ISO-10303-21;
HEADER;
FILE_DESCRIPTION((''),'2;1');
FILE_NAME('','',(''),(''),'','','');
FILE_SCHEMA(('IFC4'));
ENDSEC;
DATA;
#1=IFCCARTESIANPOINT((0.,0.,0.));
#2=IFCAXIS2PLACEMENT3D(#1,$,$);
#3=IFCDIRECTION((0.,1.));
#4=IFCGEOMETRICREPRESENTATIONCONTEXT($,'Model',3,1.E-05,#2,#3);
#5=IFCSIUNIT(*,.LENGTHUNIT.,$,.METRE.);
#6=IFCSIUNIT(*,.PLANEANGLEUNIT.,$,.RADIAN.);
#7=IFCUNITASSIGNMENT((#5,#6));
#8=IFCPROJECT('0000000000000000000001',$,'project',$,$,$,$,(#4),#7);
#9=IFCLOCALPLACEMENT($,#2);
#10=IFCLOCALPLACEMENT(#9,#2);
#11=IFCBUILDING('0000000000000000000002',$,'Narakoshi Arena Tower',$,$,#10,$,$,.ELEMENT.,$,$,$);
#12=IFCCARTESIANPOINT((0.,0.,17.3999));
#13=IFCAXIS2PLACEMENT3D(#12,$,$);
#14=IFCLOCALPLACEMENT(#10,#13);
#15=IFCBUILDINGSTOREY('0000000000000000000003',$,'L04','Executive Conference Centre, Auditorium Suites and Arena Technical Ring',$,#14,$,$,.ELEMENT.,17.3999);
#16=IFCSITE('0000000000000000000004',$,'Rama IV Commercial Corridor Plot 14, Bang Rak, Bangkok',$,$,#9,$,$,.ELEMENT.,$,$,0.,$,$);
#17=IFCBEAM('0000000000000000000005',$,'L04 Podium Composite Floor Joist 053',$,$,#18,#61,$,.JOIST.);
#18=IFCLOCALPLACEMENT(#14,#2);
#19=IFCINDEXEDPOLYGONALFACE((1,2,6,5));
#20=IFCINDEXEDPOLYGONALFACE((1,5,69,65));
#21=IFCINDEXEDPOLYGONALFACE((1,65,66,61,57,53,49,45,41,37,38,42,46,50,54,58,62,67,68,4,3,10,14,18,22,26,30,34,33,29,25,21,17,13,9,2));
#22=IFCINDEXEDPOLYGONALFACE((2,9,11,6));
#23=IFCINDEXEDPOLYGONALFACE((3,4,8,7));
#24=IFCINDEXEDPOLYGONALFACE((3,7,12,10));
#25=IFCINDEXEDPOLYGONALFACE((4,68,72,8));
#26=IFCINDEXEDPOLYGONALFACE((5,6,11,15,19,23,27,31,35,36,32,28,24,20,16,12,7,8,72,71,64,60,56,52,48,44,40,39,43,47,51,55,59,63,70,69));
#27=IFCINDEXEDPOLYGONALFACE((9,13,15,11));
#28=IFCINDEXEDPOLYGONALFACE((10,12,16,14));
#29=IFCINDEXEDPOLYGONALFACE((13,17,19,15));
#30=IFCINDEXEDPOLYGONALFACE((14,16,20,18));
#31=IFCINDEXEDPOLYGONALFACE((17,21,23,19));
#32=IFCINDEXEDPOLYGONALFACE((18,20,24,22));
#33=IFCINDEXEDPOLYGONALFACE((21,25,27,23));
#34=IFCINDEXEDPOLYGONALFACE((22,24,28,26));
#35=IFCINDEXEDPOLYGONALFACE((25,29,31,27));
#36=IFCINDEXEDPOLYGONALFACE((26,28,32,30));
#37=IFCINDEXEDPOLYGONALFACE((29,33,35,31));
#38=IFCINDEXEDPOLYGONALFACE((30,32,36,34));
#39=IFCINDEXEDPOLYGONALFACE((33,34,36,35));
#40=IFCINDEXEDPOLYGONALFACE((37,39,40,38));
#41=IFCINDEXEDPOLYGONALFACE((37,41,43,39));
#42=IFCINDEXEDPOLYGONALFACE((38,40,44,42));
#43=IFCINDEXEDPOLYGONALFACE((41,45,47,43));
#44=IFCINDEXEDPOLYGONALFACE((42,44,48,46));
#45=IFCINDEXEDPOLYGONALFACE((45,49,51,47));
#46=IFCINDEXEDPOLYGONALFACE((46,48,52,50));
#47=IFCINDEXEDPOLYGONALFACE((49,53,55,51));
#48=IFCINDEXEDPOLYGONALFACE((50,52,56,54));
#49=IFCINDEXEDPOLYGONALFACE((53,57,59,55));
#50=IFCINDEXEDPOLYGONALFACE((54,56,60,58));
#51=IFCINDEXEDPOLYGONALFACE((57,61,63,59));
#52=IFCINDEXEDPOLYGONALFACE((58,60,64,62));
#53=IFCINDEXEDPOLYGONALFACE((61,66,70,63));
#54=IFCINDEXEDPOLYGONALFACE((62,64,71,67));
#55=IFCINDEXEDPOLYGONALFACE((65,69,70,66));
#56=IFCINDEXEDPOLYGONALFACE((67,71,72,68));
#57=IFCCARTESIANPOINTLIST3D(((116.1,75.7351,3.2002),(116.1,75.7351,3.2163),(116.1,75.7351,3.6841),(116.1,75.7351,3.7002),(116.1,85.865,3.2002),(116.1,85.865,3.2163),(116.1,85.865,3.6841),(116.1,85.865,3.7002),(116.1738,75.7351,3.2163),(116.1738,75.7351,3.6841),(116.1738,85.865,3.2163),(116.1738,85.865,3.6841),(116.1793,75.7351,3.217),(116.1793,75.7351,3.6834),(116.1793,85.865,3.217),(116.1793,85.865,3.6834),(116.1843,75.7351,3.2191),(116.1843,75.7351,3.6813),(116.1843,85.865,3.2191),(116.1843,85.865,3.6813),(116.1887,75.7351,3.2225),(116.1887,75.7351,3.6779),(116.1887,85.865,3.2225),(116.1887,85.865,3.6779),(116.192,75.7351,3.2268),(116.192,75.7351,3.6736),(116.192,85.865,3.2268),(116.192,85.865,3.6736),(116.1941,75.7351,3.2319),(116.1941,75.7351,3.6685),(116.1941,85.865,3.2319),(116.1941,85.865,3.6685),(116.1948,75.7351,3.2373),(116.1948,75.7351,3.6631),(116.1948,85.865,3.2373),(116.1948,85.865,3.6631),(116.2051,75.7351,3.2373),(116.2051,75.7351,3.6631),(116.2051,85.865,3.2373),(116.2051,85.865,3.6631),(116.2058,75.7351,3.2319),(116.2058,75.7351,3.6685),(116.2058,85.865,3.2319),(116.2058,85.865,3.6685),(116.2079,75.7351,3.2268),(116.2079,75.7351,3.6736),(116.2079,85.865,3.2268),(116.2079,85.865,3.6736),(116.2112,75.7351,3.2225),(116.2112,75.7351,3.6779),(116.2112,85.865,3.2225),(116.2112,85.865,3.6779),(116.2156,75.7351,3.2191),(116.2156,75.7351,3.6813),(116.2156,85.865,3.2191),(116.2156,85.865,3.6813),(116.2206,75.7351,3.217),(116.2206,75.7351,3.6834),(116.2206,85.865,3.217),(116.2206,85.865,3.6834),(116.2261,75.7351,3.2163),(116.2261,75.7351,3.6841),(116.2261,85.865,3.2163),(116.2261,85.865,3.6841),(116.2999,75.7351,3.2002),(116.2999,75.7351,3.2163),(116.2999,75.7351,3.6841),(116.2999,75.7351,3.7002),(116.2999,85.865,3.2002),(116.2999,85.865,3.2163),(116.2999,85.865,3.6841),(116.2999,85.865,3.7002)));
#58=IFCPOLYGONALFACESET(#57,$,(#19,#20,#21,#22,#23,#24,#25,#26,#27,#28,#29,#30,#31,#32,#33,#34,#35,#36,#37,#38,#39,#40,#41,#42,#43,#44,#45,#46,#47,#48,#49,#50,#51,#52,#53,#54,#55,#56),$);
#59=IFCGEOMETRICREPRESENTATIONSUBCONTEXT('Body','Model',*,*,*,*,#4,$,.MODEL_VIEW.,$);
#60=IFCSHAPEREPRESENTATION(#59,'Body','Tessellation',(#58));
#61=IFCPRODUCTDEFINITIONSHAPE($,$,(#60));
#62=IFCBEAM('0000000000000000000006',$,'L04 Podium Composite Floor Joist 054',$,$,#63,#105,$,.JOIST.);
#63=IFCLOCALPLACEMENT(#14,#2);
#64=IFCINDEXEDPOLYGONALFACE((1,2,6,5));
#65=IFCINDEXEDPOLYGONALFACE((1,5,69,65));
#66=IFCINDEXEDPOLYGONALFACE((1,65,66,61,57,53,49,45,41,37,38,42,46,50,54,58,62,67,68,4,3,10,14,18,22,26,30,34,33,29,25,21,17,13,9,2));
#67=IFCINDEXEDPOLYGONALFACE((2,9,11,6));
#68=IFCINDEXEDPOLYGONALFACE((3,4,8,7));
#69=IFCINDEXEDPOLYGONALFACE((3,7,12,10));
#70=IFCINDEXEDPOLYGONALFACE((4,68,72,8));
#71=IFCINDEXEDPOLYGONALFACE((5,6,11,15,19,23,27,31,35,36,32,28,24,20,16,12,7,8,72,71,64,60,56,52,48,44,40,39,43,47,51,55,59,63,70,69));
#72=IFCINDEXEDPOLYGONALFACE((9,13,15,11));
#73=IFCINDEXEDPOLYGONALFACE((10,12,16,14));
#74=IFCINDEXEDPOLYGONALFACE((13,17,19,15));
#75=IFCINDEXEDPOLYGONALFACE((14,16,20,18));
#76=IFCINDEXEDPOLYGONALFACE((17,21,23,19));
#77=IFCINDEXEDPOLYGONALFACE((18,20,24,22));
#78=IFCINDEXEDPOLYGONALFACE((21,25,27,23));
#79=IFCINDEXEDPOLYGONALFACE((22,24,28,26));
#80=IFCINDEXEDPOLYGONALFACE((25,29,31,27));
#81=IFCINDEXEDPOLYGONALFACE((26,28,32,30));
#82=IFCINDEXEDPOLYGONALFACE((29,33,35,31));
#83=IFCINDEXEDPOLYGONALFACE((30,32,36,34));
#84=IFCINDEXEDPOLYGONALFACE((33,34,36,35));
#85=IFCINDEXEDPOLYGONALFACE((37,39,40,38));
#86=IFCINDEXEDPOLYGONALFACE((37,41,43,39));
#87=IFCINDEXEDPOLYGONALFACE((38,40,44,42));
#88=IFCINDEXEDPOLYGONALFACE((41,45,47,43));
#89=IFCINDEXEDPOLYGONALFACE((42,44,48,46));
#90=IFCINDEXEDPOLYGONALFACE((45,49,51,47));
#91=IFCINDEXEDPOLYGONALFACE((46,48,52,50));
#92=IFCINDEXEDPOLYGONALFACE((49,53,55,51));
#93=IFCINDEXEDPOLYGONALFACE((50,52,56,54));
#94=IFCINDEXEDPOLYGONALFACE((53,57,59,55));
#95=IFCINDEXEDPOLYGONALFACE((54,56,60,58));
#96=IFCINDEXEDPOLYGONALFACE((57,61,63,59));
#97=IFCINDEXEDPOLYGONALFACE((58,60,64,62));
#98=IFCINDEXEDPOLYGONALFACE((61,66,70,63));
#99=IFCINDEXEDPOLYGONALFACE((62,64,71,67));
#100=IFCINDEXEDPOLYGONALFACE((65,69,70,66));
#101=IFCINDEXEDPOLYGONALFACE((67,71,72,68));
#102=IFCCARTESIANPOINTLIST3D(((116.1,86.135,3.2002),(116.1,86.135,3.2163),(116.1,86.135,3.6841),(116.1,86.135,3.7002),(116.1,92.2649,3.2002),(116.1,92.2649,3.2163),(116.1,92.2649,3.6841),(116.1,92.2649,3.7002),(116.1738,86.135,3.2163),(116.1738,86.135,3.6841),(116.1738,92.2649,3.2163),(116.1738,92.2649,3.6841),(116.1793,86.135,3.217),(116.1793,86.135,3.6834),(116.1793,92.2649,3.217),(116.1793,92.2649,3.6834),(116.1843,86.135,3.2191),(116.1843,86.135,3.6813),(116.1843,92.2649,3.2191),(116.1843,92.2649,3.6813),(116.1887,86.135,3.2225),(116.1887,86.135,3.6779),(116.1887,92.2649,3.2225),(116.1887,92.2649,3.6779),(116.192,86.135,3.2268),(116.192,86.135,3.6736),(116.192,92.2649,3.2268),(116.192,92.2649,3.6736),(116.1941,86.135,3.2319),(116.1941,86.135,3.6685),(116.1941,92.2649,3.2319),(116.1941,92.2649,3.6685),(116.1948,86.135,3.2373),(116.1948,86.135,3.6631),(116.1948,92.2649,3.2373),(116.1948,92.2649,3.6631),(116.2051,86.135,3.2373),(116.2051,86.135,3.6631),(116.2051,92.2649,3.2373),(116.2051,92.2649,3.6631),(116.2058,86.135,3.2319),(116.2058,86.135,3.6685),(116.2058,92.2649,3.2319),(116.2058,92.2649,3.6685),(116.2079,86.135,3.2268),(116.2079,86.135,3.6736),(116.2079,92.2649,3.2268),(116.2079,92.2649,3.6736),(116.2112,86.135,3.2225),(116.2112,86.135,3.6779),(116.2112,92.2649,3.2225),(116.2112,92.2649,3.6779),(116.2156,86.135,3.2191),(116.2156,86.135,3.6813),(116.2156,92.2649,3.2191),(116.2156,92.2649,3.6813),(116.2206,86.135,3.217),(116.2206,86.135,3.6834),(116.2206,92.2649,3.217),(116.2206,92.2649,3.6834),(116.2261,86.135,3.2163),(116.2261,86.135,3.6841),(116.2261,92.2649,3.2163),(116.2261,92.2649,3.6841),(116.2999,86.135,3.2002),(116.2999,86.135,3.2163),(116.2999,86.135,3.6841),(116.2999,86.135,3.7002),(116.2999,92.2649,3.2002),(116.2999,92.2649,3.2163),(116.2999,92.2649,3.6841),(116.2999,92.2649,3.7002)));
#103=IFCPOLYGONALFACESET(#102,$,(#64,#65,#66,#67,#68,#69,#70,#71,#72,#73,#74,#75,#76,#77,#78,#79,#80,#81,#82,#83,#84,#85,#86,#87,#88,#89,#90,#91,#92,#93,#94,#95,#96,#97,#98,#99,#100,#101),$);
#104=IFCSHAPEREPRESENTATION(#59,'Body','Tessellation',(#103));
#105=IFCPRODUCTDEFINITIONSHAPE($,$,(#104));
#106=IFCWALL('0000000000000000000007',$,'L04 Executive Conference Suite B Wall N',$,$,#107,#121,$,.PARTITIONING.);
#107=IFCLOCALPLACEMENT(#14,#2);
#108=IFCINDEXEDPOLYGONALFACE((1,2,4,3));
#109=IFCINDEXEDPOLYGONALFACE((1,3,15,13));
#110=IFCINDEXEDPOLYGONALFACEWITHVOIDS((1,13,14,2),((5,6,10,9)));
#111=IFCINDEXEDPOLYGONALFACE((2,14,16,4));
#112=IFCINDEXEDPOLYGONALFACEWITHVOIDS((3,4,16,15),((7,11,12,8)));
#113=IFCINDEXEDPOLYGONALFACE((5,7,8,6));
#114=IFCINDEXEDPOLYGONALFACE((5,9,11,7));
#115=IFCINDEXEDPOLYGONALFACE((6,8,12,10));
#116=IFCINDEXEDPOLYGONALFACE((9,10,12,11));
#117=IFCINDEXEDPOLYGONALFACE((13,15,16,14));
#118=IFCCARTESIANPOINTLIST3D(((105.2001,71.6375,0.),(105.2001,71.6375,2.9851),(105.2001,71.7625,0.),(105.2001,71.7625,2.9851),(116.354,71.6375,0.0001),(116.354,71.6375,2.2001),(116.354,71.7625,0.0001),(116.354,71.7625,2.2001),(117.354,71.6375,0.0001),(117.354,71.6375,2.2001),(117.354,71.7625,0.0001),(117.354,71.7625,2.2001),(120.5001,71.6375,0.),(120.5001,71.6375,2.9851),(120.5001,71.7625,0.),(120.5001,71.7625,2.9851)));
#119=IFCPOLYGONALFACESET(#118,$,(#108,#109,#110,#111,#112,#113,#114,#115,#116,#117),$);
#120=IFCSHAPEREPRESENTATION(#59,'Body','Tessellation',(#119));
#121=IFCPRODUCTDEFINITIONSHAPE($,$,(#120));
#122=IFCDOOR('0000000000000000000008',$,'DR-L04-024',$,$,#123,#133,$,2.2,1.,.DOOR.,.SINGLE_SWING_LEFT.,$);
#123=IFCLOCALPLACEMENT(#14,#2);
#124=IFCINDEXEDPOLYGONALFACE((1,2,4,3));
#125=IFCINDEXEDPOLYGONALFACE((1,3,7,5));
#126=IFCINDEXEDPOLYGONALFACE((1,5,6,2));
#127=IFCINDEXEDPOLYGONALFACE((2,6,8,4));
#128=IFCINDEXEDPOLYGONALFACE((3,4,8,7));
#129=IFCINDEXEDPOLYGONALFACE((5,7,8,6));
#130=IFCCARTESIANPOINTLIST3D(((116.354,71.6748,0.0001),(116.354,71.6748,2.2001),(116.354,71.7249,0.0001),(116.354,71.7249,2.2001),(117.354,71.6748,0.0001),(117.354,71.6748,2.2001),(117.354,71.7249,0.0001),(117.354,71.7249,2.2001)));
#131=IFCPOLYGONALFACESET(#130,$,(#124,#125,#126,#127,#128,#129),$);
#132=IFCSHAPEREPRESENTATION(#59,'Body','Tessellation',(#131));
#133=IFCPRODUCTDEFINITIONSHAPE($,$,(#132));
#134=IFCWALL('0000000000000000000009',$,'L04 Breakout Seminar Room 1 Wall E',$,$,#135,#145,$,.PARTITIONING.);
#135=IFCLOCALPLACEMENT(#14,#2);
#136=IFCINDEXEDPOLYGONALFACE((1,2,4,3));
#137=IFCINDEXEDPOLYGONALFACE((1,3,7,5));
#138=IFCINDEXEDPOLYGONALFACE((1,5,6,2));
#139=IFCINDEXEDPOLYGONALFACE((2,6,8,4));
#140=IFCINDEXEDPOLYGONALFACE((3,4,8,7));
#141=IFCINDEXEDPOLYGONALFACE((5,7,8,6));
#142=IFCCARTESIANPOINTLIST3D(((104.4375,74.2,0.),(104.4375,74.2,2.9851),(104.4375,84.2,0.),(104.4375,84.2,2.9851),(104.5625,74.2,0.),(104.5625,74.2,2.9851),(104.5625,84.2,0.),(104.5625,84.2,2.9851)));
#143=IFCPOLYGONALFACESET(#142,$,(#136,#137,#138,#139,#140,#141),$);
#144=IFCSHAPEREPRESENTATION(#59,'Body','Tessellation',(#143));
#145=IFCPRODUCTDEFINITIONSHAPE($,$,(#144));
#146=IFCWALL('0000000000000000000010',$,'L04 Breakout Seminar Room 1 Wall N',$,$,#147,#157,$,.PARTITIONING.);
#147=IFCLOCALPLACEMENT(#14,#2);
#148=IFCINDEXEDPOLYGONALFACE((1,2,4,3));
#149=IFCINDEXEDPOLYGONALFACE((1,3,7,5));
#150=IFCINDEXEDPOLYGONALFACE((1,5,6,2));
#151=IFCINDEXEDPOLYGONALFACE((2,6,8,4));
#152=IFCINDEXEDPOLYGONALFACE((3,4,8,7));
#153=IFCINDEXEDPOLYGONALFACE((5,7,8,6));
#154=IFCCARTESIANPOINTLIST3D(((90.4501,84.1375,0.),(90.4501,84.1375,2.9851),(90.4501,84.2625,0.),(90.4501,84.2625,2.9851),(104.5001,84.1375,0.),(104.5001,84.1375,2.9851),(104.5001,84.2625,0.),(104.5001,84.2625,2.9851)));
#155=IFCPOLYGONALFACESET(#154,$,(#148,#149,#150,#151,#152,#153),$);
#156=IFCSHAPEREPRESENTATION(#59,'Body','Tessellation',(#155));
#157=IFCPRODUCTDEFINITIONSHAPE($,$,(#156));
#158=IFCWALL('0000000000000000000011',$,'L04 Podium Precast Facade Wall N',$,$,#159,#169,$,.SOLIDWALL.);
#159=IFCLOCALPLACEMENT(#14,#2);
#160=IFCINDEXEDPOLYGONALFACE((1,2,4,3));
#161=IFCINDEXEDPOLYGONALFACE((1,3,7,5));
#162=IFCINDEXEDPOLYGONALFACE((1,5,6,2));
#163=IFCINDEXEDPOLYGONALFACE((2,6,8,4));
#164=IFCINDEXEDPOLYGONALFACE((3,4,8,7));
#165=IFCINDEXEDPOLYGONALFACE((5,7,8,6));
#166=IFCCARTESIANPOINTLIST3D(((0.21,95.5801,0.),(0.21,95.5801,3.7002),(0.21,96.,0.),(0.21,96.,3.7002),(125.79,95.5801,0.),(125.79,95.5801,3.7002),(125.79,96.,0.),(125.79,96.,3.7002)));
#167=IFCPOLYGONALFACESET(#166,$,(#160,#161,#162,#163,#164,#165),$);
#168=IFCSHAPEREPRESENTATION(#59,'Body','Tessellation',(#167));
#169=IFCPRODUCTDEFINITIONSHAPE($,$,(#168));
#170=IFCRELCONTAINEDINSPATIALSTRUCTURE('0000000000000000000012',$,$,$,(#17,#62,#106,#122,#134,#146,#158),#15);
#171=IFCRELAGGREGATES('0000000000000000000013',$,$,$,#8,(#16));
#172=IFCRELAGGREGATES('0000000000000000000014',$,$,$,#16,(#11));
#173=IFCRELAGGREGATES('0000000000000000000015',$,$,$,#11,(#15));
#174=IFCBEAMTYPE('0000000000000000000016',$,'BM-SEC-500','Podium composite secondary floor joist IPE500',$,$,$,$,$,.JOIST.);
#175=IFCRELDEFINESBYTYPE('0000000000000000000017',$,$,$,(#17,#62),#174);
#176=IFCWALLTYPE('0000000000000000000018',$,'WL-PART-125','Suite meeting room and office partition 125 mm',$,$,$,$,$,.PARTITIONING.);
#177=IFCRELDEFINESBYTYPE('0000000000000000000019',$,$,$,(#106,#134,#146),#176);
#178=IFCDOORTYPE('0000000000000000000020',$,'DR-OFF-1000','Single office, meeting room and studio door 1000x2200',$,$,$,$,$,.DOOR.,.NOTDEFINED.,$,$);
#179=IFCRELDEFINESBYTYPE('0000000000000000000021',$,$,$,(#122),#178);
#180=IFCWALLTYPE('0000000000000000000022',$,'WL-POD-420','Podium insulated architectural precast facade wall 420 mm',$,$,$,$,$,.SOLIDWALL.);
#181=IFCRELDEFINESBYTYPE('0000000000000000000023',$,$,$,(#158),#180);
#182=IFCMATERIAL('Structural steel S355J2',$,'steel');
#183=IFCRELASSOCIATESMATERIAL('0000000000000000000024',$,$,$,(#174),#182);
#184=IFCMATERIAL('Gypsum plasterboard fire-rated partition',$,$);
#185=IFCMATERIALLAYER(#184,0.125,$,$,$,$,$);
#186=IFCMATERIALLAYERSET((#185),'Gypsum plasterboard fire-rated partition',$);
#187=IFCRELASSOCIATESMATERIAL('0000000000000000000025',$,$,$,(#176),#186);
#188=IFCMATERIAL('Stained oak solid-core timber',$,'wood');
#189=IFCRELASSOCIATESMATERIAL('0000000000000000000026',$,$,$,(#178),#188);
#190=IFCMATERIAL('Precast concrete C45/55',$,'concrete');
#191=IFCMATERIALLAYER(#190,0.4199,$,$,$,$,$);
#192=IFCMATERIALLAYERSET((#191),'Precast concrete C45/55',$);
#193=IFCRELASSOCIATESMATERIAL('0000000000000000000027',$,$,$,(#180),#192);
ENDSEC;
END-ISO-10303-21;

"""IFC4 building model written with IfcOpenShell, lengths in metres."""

from ifc_helpers import new_model, si_unit, direction, frame, frame_2d, origin, origin_2d, place, context, subcontext, project, spatial, rectangle, i_section, extrude, material, layer, layer_set, material_profile, profile_set, type_object, element, fill, save


model = new_model("IFC4")

# Units and contexts
model_context = context("Model", 3, precision=1e-05, world=origin(), true_north=direction((0.0, 1.0)))
body_context = subcontext(model_context, "Body", "Model", "MODEL_VIEW")
ifc_project = project(units=[si_unit("LENGTHUNIT", "METRE"), si_unit("PLANEANGLEUNIT", "RADIAN")], contexts=[model_context])

# Site, building, storey
site_placement = place(None, origin())
site = spatial("IfcSite", under=ifc_project, at=site_placement, Name="Rama IV Commercial Corridor Plot 14, Bang Rak, Bangkok", CompositionType="ELEMENT", RefElevation=0.0)
building_placement = place(site_placement, origin())
building = spatial("IfcBuilding", under=site, at=building_placement, Name="Narakoshi Arena Tower", CompositionType="ELEMENT")
storey_placement = place(building_placement, frame((0.0, 0.0, 17.3999)))
storey = spatial("IfcBuildingStorey", under=building, at=storey_placement, Name="L04", Description="Executive Conference Centre, Auditorium Suites and Arena Technical Ring", CompositionType="ELEMENT", Elevation=17.3999)

# Beams
ifc_material_1 = material(Name="Structural steel S355J2", Category="steel")
ifc_material_profile_1 = material_profile(ifc_material_1, i_section(OverallWidth=0.2, OverallDepth=0.5, WebThickness=0.0103, FlangeThickness=0.0161, FilletRadius=0.021, at=origin_2d()), Name="IPE500")
ifc_profile_set_1 = profile_set([ifc_material_profile_1], Name="Structural steel S355J2")
beam_type_1 = type_object("IfcBeamType", Name="BM-SEC-500", Description="Podium composite secondary floor joist IPE500", PredefinedType="JOIST", material=ifc_profile_set_1)
beam_1_placement = place(storey_placement, frame((116.2, 75.7351, 3.4502), z_axis=(0.0, 1.0, 0.0), x_axis=(-1.0, 0.0, 0.0)))
element("IfcBeam", 1, at=beam_1_placement, inside=storey, type_object=beam_type_1, Name="L04 Podium Composite Floor Joist 053", PredefinedType="JOIST", context=body_context, shape_type="SweptSolid", body=[
    extrude(i_section(OverallWidth=0.2, OverallDepth=0.5, WebThickness=0.0103, FlangeThickness=0.0161, FilletRadius=0.021, at=origin_2d()), origin(), (0.0, 0.0, 1.0), 10.1299),
])
beam_2_placement = place(storey_placement, frame((116.2, 86.135, 3.4502), z_axis=(0.0, 1.0, 0.0), x_axis=(-1.0, 0.0, 0.0)))
element("IfcBeam", 2, at=beam_2_placement, inside=storey, type_object=beam_type_1, Name="L04 Podium Composite Floor Joist 054", PredefinedType="JOIST", context=body_context, shape_type="SweptSolid", body=[
    extrude(i_section(OverallWidth=0.2, OverallDepth=0.5, WebThickness=0.0103, FlangeThickness=0.0161, FilletRadius=0.021, at=origin_2d()), origin(), (0.0, 0.0, 1.0), 6.1299),
])

# Wall, opening, door
ifc_material_2 = material(Name="Gypsum plasterboard fire-rated partition")
ifc_layer_1 = layer(ifc_material_2, 0.125)
ifc_layer_set_1 = layer_set([ifc_layer_1], Name="Gypsum plasterboard fire-rated partition")
wall_type_1 = type_object("IfcWallType", Name="WL-PART-125", Description="Suite meeting room and office partition 125 mm", PredefinedType="PARTITIONING", material=ifc_layer_set_1)
wall_1_placement = place(storey_placement, frame((120.5, 71.7, 0.0), z_axis=(0.0, 0.0, 1.0), x_axis=(-1.0, 0.0, 0.0)))
wall_1 = element("IfcWall", 3, at=wall_1_placement, inside=storey, type_object=wall_type_1, Name="L04 Executive Conference Suite B Wall N", PredefinedType="PARTITIONING", context=body_context, shape_type="SweptSolid", body=[
    extrude(rectangle(XDim=15.3, YDim=0.125, at=frame_2d((7.6499, 0.0))), origin(), (0.0, 0.0, 1.0), 2.9851),
])
opening_placement = place(wall_1_placement, frame((3.146, 0.0, 0.0)))
opening = element("IfcOpeningElement", 4, at=opening_placement, cuts=wall_1, PredefinedType="OPENING", context=body_context, shape_type="SweptSolid", body=[
    extrude(rectangle(XDim=1.0, YDim=2.2, at=frame_2d((0.5, 1.1001))), frame((0.0, 0.0725, 0.0), z_axis=(0.0, -1.0, 0.0), x_axis=(1.0, 0.0, 0.0)), (0.0, 0.0, 1.0), 0.145),
])
ifc_material_3 = material(Name="Stained oak solid-core timber", Category="wood")
door_type = type_object("IfcDoorType", Name="DR-OFF-1000", Description="Single office, meeting room and studio door 1000x2200", OperationType="NOTDEFINED", PredefinedType="DOOR", material=ifc_material_3)
door_placement = place(opening_placement, frame((1.0, 0.0, 0.0), z_axis=(0.0, 0.0, 1.0), x_axis=(-1.0, 0.0, 0.0)))
door = element("IfcDoor", 5, at=door_placement, inside=storey, type_object=door_type, Name="DR-L04-024", OperationType="SINGLE_SWING_LEFT", OverallHeight=2.2, OverallWidth=1.0, PredefinedType="DOOR", context=body_context, shape_type="SweptSolid", body=[
    extrude(rectangle(XDim=1.0, YDim=2.2, at=frame_2d((0.5, 1.1001))), frame((0.0, 0.0249, 0.0), z_axis=(0.0, -1.0, 0.0), x_axis=(1.0, 0.0, 0.0)), (0.0, 0.0, 1.0), 0.05),
])
fill(opening, door)

# Walls
wall_2_placement = place(storey_placement, frame((104.5, 74.2, 0.0), z_axis=(0.0, 0.0, 1.0), x_axis=(0.0, 1.0, 0.0)))
element("IfcWall", 6, at=wall_2_placement, inside=storey, type_object=wall_type_1, Name="L04 Breakout Seminar Room 1 Wall E", PredefinedType="PARTITIONING", context=body_context, shape_type="SweptSolid", body=[
    extrude(rectangle(XDim=10.0, YDim=0.125, at=frame_2d((5.0, 0.0))), origin(), (0.0, 0.0, 1.0), 2.9851),
])
wall_3_placement = place(storey_placement, frame((104.5, 84.2, 0.0), z_axis=(0.0, 0.0, 1.0), x_axis=(-1.0, 0.0, 0.0)))
element("IfcWall", 7, at=wall_3_placement, inside=storey, type_object=wall_type_1, Name="L04 Breakout Seminar Room 1 Wall N", PredefinedType="PARTITIONING", context=body_context, shape_type="SweptSolid", body=[
    extrude(rectangle(XDim=14.05, YDim=0.125, at=frame_2d((7.0249, 0.0))), origin(), (0.0, 0.0, 1.0), 2.9851),
])
ifc_material_4 = material(Name="Precast concrete C45/55", Category="concrete")
ifc_layer_2 = layer(ifc_material_4, 0.4199)
ifc_layer_set_2 = layer_set([ifc_layer_2], Name="Precast concrete C45/55")
wall_type_2 = type_object("IfcWallType", Name="WL-POD-420", Description="Podium insulated architectural precast facade wall 420 mm", PredefinedType="SOLIDWALL", material=ifc_layer_set_2)
wall_4_placement = place(storey_placement, frame((125.79, 95.79, 0.0), z_axis=(0.0, 0.0, 1.0), x_axis=(-1.0, 0.0, 0.0)))
element("IfcWall", 8, at=wall_4_placement, inside=storey, type_object=wall_type_2, Name="L04 Podium Precast Facade Wall N", PredefinedType="SOLIDWALL", context=body_context, shape_type="SweptSolid", body=[
    extrude(rectangle(XDim=125.5801, YDim=0.4199, at=frame_2d((62.79, 0.0))), origin(), (0.0, 0.0, 1.0), 3.7002),
])

save(model, "model.ifc")
